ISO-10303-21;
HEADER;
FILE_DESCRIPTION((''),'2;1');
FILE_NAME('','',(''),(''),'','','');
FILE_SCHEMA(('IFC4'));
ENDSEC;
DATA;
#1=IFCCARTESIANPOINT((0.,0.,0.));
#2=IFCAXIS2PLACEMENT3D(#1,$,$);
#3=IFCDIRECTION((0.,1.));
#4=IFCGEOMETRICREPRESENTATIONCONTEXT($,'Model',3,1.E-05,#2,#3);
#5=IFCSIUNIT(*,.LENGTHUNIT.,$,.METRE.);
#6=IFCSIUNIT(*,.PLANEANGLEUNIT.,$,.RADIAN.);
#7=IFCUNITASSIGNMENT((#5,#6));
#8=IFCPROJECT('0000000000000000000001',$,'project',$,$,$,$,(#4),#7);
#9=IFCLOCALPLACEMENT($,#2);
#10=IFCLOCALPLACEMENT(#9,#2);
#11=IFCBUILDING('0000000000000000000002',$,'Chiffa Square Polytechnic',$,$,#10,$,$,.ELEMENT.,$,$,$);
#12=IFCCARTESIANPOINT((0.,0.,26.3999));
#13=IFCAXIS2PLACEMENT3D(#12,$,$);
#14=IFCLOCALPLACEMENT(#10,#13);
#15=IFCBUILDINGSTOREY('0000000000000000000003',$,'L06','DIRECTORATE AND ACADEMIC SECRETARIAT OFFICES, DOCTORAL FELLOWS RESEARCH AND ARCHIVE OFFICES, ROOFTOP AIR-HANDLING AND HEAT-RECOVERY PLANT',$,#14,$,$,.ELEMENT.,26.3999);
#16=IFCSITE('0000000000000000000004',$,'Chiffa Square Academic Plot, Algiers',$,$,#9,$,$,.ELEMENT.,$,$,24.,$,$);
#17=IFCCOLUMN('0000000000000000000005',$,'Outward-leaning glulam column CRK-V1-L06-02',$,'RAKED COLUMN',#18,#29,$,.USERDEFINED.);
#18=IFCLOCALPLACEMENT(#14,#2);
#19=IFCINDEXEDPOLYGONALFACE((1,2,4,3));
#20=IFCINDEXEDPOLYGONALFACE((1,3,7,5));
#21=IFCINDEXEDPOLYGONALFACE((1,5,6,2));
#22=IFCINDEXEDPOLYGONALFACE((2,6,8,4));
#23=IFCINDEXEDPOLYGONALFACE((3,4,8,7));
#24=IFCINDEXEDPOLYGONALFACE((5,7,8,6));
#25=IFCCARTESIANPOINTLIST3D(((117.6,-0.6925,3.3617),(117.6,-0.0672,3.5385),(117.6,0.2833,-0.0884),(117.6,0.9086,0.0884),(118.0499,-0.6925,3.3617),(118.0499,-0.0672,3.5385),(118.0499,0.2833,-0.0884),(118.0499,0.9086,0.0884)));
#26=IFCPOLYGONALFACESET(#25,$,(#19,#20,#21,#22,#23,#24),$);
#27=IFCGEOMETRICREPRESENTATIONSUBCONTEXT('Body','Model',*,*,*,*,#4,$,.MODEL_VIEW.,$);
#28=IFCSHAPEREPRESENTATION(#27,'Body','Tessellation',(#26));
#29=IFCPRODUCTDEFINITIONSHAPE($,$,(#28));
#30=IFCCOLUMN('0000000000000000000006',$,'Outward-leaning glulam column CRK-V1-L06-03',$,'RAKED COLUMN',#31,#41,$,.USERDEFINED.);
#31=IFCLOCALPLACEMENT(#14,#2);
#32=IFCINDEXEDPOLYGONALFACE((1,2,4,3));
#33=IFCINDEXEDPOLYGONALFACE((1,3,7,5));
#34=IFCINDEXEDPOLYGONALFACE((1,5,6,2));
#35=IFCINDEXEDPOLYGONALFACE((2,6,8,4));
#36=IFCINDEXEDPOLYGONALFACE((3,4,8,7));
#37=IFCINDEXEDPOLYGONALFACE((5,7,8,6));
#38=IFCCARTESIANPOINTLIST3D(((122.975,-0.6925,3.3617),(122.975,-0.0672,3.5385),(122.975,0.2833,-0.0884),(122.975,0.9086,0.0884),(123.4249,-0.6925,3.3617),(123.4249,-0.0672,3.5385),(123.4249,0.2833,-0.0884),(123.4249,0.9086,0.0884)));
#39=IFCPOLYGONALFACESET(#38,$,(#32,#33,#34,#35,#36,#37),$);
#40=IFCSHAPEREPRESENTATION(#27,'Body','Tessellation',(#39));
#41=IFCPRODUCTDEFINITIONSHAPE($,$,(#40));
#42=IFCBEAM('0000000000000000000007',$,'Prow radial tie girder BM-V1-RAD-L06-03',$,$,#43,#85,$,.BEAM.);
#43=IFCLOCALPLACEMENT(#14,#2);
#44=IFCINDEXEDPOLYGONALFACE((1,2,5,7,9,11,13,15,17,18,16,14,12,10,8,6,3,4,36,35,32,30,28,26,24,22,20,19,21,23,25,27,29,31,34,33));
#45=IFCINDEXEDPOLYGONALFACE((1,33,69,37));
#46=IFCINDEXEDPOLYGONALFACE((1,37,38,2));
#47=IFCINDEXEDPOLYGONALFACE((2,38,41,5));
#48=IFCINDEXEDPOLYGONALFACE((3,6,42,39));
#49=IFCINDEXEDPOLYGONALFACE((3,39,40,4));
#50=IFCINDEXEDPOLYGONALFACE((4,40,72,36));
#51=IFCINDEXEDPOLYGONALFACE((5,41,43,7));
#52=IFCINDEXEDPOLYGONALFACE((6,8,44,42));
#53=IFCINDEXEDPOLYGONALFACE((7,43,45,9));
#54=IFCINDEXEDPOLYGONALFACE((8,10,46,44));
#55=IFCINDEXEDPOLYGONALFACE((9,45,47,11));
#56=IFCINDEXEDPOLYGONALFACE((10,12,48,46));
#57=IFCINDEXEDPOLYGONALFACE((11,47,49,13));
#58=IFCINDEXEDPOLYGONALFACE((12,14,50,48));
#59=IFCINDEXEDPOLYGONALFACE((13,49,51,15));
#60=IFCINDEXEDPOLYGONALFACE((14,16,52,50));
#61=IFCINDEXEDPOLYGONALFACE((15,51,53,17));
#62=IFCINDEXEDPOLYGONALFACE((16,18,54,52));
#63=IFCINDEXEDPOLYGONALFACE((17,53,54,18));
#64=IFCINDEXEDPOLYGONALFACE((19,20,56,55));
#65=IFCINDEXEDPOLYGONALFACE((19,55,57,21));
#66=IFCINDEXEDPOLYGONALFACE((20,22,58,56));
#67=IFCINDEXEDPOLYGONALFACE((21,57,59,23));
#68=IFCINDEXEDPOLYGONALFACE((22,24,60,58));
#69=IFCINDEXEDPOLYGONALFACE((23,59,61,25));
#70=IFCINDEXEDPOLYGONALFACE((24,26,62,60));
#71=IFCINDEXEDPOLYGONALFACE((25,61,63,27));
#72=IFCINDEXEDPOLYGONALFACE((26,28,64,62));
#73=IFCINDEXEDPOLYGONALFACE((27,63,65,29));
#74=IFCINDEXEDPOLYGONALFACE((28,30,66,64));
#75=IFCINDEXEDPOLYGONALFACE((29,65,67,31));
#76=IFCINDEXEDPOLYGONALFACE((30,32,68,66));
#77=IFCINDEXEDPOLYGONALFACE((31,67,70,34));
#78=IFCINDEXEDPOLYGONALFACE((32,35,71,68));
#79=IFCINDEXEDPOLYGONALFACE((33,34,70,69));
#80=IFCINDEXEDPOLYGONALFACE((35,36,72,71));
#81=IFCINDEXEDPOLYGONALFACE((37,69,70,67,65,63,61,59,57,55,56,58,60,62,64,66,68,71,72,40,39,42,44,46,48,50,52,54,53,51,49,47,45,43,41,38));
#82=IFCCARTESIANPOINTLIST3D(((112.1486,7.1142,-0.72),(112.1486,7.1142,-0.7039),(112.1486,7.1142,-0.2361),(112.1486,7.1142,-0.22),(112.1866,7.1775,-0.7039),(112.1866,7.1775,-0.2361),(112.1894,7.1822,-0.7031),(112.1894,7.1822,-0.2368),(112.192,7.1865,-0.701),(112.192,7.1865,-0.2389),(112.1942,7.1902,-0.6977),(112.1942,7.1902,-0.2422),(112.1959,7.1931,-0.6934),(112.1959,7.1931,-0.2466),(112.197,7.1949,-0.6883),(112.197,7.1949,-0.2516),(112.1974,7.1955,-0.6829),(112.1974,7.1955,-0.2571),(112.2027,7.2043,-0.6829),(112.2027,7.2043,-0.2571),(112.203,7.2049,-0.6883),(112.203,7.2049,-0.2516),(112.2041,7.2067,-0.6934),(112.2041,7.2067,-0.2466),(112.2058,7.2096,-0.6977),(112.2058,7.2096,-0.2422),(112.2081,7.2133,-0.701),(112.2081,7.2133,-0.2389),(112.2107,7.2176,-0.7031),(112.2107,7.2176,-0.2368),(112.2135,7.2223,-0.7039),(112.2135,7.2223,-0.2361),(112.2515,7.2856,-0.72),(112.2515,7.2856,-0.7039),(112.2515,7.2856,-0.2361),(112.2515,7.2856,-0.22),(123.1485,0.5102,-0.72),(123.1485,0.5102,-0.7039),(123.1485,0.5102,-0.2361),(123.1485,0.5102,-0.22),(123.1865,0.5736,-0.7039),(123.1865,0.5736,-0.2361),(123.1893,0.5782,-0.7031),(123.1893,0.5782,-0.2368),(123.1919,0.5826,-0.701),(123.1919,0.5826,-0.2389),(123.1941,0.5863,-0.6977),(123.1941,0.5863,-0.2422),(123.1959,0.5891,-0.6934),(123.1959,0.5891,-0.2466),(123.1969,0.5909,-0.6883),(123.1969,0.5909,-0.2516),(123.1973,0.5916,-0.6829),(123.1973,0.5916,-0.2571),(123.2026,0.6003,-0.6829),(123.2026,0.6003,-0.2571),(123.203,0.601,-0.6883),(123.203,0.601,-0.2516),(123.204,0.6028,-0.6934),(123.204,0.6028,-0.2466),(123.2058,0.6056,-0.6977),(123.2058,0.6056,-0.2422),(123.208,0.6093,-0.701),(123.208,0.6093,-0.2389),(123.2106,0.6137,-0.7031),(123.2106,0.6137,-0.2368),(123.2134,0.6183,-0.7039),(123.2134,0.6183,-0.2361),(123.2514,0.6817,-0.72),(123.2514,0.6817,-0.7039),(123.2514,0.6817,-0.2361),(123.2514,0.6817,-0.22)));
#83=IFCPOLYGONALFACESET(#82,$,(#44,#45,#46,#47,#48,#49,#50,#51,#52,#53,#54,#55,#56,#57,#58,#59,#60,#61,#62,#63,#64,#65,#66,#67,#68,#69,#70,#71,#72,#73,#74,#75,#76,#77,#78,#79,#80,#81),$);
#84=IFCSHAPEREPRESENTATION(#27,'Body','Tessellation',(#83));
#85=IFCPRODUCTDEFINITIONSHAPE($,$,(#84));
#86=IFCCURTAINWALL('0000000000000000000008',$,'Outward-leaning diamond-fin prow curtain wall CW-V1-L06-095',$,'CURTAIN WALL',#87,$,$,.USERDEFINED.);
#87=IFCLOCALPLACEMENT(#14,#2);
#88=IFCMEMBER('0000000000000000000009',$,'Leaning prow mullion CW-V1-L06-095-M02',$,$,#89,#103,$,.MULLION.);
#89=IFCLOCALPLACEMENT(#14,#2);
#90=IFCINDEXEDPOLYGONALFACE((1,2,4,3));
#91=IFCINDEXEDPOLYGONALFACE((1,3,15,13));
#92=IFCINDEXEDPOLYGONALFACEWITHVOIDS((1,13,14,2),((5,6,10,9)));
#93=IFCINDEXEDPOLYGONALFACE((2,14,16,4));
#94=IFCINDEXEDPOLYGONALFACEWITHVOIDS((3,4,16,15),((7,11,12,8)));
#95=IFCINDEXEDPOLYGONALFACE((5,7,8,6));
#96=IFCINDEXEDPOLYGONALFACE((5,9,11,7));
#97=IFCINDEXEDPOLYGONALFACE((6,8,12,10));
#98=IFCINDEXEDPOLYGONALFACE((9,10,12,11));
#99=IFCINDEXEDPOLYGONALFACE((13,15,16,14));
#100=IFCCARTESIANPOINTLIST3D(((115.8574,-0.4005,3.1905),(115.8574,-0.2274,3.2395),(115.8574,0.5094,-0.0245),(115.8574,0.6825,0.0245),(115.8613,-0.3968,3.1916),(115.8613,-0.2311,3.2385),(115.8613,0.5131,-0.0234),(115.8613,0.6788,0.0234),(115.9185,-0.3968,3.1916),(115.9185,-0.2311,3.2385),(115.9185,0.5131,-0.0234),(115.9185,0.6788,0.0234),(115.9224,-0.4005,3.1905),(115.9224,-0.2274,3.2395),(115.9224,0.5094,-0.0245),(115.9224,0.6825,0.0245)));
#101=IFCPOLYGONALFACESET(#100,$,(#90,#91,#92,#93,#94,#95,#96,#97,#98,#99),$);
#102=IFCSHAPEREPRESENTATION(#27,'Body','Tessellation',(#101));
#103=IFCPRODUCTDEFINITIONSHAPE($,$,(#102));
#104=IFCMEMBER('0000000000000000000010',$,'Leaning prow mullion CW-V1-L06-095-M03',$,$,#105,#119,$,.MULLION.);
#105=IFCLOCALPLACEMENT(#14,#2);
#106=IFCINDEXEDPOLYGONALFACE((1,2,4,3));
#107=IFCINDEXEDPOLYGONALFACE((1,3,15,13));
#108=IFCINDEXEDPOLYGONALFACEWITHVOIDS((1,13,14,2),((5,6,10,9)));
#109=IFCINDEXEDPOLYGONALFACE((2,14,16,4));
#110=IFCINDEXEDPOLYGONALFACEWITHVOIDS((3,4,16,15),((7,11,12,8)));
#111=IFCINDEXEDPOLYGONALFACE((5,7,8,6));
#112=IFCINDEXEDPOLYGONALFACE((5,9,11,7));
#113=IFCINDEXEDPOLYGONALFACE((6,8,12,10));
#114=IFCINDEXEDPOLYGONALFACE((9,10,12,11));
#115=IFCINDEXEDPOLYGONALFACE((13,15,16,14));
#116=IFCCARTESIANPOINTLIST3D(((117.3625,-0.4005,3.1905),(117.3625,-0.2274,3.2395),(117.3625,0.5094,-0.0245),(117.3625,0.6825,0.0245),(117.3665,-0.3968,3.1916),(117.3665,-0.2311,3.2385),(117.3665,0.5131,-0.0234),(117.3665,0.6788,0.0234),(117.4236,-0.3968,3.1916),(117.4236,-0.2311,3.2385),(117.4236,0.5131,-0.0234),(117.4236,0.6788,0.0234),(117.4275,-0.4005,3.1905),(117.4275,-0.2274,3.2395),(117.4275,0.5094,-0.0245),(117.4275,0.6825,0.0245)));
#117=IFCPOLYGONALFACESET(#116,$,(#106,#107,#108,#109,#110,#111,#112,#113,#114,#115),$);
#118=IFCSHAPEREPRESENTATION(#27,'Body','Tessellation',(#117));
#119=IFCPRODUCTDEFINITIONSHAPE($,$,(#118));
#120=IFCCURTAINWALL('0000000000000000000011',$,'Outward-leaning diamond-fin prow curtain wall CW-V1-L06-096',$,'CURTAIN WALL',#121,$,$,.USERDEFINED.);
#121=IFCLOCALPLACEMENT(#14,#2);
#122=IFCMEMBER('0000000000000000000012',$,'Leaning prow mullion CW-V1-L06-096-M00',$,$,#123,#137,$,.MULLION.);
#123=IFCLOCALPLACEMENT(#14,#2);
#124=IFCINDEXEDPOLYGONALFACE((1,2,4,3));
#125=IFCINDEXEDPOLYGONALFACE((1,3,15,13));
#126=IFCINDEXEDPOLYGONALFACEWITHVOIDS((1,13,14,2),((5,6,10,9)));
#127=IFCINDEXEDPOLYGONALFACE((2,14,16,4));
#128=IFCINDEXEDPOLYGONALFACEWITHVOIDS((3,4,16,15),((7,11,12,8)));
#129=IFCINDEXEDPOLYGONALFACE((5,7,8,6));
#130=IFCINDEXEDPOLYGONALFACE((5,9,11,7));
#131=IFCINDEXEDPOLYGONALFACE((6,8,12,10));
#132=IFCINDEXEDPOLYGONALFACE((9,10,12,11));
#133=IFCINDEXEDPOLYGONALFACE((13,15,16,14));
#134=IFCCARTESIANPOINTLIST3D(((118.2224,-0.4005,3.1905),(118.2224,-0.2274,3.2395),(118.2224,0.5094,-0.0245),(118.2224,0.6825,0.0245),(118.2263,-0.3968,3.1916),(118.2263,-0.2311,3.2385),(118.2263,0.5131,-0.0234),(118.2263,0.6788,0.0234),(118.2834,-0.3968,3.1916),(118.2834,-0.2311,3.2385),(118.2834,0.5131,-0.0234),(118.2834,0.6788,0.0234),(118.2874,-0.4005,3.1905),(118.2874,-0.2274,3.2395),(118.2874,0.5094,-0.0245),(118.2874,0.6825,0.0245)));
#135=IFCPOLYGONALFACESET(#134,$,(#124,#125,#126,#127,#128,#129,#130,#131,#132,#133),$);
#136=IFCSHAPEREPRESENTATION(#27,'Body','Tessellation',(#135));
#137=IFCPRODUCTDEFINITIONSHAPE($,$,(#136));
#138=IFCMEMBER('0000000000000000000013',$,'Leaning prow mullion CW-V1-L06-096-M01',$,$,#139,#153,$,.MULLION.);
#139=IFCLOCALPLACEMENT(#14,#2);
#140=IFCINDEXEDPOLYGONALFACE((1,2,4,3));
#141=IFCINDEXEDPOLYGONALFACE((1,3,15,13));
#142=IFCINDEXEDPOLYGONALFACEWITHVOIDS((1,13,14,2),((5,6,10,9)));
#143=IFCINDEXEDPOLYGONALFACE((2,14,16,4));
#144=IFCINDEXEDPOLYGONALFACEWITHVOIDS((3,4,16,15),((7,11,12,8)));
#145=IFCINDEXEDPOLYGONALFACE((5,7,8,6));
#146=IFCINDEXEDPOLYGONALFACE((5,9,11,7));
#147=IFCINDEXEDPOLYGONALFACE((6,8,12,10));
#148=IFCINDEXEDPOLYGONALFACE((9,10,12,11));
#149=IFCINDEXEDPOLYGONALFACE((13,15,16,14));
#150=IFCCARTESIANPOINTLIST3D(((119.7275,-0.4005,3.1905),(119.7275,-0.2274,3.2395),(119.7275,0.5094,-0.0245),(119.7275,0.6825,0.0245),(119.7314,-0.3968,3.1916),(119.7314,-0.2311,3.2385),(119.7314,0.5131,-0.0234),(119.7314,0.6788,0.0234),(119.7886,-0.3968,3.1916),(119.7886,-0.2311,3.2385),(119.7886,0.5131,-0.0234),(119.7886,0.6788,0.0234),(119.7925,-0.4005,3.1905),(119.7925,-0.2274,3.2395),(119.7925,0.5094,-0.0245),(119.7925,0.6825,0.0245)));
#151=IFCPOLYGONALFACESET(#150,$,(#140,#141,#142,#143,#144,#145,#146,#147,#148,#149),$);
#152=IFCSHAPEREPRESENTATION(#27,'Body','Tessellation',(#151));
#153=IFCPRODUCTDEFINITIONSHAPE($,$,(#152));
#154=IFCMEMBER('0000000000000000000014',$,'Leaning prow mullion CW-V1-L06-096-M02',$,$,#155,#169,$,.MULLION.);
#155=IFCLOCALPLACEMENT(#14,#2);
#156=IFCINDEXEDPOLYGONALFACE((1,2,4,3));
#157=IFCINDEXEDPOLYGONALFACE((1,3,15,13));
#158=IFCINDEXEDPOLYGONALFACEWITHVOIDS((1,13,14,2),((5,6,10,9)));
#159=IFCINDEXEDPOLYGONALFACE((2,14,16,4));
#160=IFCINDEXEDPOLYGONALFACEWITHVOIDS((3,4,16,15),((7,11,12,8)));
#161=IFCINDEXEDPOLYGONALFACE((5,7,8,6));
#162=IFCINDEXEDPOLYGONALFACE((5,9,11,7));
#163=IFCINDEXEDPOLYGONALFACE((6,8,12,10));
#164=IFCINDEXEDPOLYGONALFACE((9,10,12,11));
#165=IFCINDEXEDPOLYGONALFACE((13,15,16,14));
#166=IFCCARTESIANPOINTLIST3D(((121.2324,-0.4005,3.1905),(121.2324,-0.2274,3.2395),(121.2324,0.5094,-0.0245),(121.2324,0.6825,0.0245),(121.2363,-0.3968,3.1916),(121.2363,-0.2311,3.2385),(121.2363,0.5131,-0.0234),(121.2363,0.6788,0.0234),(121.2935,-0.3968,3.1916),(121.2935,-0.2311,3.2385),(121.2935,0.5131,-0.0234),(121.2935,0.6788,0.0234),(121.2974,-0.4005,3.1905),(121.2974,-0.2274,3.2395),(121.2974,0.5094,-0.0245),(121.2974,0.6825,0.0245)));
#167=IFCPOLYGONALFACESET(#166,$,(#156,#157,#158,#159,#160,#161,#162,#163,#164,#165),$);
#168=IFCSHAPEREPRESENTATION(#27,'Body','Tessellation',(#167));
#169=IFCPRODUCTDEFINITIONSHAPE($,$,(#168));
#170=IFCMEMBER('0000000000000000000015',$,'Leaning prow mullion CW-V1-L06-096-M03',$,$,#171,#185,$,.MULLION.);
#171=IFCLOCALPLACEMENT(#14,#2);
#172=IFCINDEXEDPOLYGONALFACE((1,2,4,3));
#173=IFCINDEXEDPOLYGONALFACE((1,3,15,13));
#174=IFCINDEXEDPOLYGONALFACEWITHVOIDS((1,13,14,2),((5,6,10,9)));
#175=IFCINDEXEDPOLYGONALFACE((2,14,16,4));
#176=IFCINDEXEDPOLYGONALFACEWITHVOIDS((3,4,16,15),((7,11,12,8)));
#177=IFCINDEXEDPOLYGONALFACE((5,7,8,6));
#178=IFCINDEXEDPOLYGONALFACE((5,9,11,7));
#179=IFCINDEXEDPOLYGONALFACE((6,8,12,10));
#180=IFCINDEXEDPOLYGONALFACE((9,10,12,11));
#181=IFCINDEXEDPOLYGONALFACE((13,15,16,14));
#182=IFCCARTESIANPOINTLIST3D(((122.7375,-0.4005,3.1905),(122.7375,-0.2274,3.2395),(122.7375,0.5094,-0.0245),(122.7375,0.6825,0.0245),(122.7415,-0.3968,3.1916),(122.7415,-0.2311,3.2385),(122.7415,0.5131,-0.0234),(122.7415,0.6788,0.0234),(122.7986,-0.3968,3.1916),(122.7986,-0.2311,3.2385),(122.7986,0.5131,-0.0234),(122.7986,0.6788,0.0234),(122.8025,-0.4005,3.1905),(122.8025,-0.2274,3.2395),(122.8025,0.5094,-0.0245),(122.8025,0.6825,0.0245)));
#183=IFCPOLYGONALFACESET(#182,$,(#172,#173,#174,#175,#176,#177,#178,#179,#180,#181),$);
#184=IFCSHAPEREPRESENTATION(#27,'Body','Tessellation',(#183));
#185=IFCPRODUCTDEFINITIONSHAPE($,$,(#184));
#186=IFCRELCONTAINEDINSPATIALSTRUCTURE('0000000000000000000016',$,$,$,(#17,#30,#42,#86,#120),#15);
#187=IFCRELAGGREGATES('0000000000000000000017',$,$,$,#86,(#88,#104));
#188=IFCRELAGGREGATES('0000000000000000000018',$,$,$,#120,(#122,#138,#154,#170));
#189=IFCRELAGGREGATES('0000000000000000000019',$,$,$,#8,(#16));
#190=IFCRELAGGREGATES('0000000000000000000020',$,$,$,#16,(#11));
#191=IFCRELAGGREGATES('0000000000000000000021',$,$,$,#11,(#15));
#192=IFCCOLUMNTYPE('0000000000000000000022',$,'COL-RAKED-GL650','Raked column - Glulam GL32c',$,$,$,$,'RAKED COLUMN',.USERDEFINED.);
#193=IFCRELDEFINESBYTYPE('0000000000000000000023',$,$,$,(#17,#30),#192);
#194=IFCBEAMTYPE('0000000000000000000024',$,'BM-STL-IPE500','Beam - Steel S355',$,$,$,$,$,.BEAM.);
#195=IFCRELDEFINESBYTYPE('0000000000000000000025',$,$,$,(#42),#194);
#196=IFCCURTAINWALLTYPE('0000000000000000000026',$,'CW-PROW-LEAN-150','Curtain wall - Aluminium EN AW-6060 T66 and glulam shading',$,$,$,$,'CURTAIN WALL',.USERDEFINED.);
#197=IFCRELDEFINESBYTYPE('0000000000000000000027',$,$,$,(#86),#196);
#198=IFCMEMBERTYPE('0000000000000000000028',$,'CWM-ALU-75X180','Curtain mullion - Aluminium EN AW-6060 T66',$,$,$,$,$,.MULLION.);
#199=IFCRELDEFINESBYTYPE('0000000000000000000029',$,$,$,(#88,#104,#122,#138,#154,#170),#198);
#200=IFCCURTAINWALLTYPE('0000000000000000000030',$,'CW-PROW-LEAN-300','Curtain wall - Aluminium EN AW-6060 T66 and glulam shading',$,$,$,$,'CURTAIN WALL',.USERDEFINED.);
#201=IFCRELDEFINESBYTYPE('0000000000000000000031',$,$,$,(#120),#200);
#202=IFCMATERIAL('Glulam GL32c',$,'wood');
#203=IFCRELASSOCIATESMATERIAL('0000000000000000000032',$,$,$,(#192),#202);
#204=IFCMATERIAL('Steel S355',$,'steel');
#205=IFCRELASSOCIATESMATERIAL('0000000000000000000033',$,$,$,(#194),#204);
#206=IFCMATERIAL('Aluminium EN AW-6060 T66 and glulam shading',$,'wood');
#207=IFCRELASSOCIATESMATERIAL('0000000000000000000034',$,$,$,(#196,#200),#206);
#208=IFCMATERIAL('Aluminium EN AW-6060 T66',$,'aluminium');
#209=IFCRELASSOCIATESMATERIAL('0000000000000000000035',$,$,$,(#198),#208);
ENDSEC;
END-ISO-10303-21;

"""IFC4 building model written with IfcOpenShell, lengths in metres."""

from ifc_helpers import new_model, si_unit, direction, frame, origin, origin_2d, place, context, subcontext, project, spatial, rectangle, hollow_rectangle, i_section, extrude, material, material_profile, profile_set, type_object, element, aggregate, save


model = new_model("IFC4")

# Units and contexts
model_context = context("Model", 3, precision=1e-05, world=origin(), true_north=direction((0.0, 1.0)))
body_context = subcontext(model_context, "Body", "Model", "MODEL_VIEW")
ifc_project = project(units=[si_unit("LENGTHUNIT", "METRE"), si_unit("PLANEANGLEUNIT", "RADIAN")], contexts=[model_context])

# Site, building, storey
site_placement = place(None, origin())
site = spatial("IfcSite", under=ifc_project, at=site_placement, Name="Chiffa Square Academic Plot, Algiers", CompositionType="ELEMENT", RefElevation=24.0)
building_placement = place(site_placement, origin())
building = spatial("IfcBuilding", under=site, at=building_placement, Name="Chiffa Square Polytechnic", CompositionType="ELEMENT")
storey_placement = place(building_placement, frame((0.0, 0.0, 26.3999)))
storey = spatial("IfcBuildingStorey", under=building, at=storey_placement, Name="L06", Description="DIRECTORATE AND ACADEMIC SECRETARIAT OFFICES, DOCTORAL FELLOWS RESEARCH AND ARCHIVE OFFICES, ROOFTOP AIR-HANDLING AND HEAT-RECOVERY PLANT", CompositionType="ELEMENT", Elevation=26.3999)

# Columns
ifc_material_1 = material(Name="Glulam GL32c", Category="wood")
ifc_material_profile_1 = material_profile(ifc_material_1, rectangle(XDim=0.45, YDim=0.6499, at=origin_2d()), Name="GL32c 450x650")
ifc_profile_set_1 = profile_set([ifc_material_profile_1], Name="Glulam GL32c")
column_type = type_object("IfcColumnType", Name="COL-RAKED-GL650", Description="Raked column - Glulam GL32c", ElementType="RAKED COLUMN", PredefinedType="USERDEFINED", material=ifc_profile_set_1)
for number, where, z_axis, x_axis, name in (
    (1, (117.825, 0.5959, 0.0), (0.0, -0.272157, 0.962253), (1.0, 0.0, 0.0), "Outward-leaning glulam column CRK-V1-L06-02"),
    (2, (123.2, 0.5959, 0.0), (0.0, -0.272157, 0.962253), (1.0, 0.0, 0.0), "Outward-leaning glulam column CRK-V1-L06-03"),
):
    element("IfcColumn", number, at=place(storey_placement, frame(where, z_axis=z_axis, x_axis=x_axis)), inside=storey, type_object=column_type, Name=name, ObjectType="RAKED COLUMN", PredefinedType="USERDEFINED", context=body_context, shape_type="SweptSolid", body=[
        extrude(rectangle(XDim=0.45, YDim=0.6499, at=origin_2d()), origin(), (0.0, 0.0, 1.0), 3.5854),
    ])

# Beam
ifc_material_2 = material(Name="Steel S355", Category="steel")
ifc_material_profile_2 = material_profile(ifc_material_2, i_section(OverallWidth=0.2, OverallDepth=0.5, WebThickness=0.0103, FlangeThickness=0.0161, FilletRadius=0.021, at=origin_2d()), Name="IPE 500")
ifc_profile_set_2 = profile_set([ifc_material_profile_2], Name="Steel S355")
beam_type_1 = type_object("IfcBeamType", Name="BM-STL-IPE500", Description="Beam - Steel S355", PredefinedType="BEAM", material=ifc_profile_set_2)
beam_1_placement = place(storey_placement, frame((123.2, 0.5959, -0.47), z_axis=(-0.857355, 0.514725, 0.0), x_axis=(-0.514725, -0.857355, 0.0)))
element("IfcBeam", 3, at=beam_1_placement, inside=storey, type_object=beam_type_1, Name="Prow radial tie girder BM-V1-RAD-L06-03", PredefinedType="BEAM", context=body_context, shape_type="SweptSolid", body=[
    extrude(i_section(OverallWidth=0.2, OverallDepth=0.5, WebThickness=0.0103, FlangeThickness=0.0161, FilletRadius=0.021, at=origin_2d()), origin(), (0.0, 0.0, 1.0), 12.8301),
])

# Curtain walls, members
ifc_material_3 = material(Name="Aluminium EN AW-6060 T66 and glulam shading", Category="wood")
curtain_wall_type_1 = type_object("IfcCurtainWallType", Name="CW-PROW-LEAN-150", Description="Curtain wall - Aluminium EN AW-6060 T66 and glulam shading", ElementType="CURTAIN WALL", PredefinedType="USERDEFINED", material=ifc_material_3)
curtain_wall_1_placement = place(storey_placement, origin())
curtain_wall_1 = element("IfcCurtainWall", 4, at=curtain_wall_1_placement, inside=storey, type_object=curtain_wall_type_1, Name="Outward-leaning diamond-fin prow curtain wall CW-V1-L06-095", ObjectType="CURTAIN WALL", PredefinedType="USERDEFINED")
ifc_material_4 = material(Name="Aluminium EN AW-6060 T66", Category="aluminium")
ifc_material_profile_3 = material_profile(ifc_material_4, hollow_rectangle(XDim=0.0649, YDim=0.1799, WallThickness=0.0039, at=origin_2d()), Name="ALU 65x180x4")
ifc_profile_set_3 = profile_set([ifc_material_profile_3], Name="Aluminium EN AW-6060 T66")
member_type_1 = type_object("IfcMemberType", Name="CWM-ALU-75X180", Description="Curtain mullion - Aluminium EN AW-6060 T66", PredefinedType="MULLION", material=ifc_profile_set_3)
member_1_placement = place(storey_placement, frame((115.8899, 0.5959, 0.0), z_axis=(0.0, -0.272317, 0.962207), x_axis=(1.0, 0.0, 0.0)))
member_1 = element("IfcMember", 5, at=member_1_placement, type_object=member_type_1, Name="Leaning prow mullion CW-V1-L06-095-M02", PredefinedType="MULLION", context=body_context, shape_type="SweptSolid", body=[
    extrude(hollow_rectangle(XDim=0.0649, YDim=0.1799, WallThickness=0.0039, at=origin_2d()), origin(), (0.0, 0.0, 1.0), 3.3413),
])
member_2_placement = place(storey_placement, frame((117.395, 0.5959, 0.0), z_axis=(0.0, -0.272317, 0.962207), x_axis=(1.0, 0.0, 0.0)))
member_2 = element("IfcMember", 6, at=member_2_placement, type_object=member_type_1, Name="Leaning prow mullion CW-V1-L06-095-M03", PredefinedType="MULLION", context=body_context, shape_type="SweptSolid", body=[
    extrude(hollow_rectangle(XDim=0.0649, YDim=0.1799, WallThickness=0.0039, at=origin_2d()), origin(), (0.0, 0.0, 1.0), 3.3413),
])
aggregate(curtain_wall_1, [member_1, member_2])
curtain_wall_type_2 = type_object("IfcCurtainWallType", Name="CW-PROW-LEAN-300", Description="Curtain wall - Aluminium EN AW-6060 T66 and glulam shading", ElementType="CURTAIN WALL", PredefinedType="USERDEFINED", material=ifc_material_3)
curtain_wall_2_placement = place(storey_placement, origin())
curtain_wall_2 = element("IfcCurtainWall", 7, at=curtain_wall_2_placement, inside=storey, type_object=curtain_wall_type_2, Name="Outward-leaning diamond-fin prow curtain wall CW-V1-L06-096", ObjectType="CURTAIN WALL", PredefinedType="USERDEFINED")
member_3_placement = place(storey_placement, frame((118.2549, 0.5959, 0.0), z_axis=(0.0, -0.272317, 0.962207), x_axis=(1.0, 0.0, 0.0)))
member_3 = element("IfcMember", 8, at=member_3_placement, type_object=member_type_1, Name="Leaning prow mullion CW-V1-L06-096-M00", PredefinedType="MULLION", context=body_context, shape_type="SweptSolid", body=[
    extrude(hollow_rectangle(XDim=0.0649, YDim=0.1799, WallThickness=0.0039, at=origin_2d()), origin(), (0.0, 0.0, 1.0), 3.3413),
])
member_4_placement = place(storey_placement, frame((119.76, 0.5959, 0.0), z_axis=(0.0, -0.272317, 0.962207), x_axis=(1.0, 0.0, 0.0)))
member_4 = element("IfcMember", 9, at=member_4_placement, type_object=member_type_1, Name="Leaning prow mullion CW-V1-L06-096-M01", PredefinedType="MULLION", context=body_context, shape_type="SweptSolid", body=[
    extrude(hollow_rectangle(XDim=0.0649, YDim=0.1799, WallThickness=0.0039, at=origin_2d()), origin(), (0.0, 0.0, 1.0), 3.3413),
])
member_5_placement = place(storey_placement, frame((121.2649, 0.5959, 0.0), z_axis=(0.0, -0.272317, 0.962207), x_axis=(1.0, 0.0, 0.0)))
member_5 = element("IfcMember", 10, at=member_5_placement, type_object=member_type_1, Name="Leaning prow mullion CW-V1-L06-096-M02", PredefinedType="MULLION", context=body_context, shape_type="SweptSolid", body=[
    extrude(hollow_rectangle(XDim=0.0649, YDim=0.1799, WallThickness=0.0039, at=origin_2d()), origin(), (0.0, 0.0, 1.0), 3.3413),
])
member_6_placement = place(storey_placement, frame((122.77, 0.5959, 0.0), z_axis=(0.0, -0.272317, 0.962207), x_axis=(1.0, 0.0, 0.0)))
member_6 = element("IfcMember", 11, at=member_6_placement, type_object=member_type_1, Name="Leaning prow mullion CW-V1-L06-096-M03", PredefinedType="MULLION", context=body_context, shape_type="SweptSolid", body=[
    extrude(hollow_rectangle(XDim=0.0649, YDim=0.1799, WallThickness=0.0039, at=origin_2d()), origin(), (0.0, 0.0, 1.0), 3.3413),
])

aggregate(curtain_wall_2, [member_3, member_4, member_5, member_6])

save(model, "model.ifc")
